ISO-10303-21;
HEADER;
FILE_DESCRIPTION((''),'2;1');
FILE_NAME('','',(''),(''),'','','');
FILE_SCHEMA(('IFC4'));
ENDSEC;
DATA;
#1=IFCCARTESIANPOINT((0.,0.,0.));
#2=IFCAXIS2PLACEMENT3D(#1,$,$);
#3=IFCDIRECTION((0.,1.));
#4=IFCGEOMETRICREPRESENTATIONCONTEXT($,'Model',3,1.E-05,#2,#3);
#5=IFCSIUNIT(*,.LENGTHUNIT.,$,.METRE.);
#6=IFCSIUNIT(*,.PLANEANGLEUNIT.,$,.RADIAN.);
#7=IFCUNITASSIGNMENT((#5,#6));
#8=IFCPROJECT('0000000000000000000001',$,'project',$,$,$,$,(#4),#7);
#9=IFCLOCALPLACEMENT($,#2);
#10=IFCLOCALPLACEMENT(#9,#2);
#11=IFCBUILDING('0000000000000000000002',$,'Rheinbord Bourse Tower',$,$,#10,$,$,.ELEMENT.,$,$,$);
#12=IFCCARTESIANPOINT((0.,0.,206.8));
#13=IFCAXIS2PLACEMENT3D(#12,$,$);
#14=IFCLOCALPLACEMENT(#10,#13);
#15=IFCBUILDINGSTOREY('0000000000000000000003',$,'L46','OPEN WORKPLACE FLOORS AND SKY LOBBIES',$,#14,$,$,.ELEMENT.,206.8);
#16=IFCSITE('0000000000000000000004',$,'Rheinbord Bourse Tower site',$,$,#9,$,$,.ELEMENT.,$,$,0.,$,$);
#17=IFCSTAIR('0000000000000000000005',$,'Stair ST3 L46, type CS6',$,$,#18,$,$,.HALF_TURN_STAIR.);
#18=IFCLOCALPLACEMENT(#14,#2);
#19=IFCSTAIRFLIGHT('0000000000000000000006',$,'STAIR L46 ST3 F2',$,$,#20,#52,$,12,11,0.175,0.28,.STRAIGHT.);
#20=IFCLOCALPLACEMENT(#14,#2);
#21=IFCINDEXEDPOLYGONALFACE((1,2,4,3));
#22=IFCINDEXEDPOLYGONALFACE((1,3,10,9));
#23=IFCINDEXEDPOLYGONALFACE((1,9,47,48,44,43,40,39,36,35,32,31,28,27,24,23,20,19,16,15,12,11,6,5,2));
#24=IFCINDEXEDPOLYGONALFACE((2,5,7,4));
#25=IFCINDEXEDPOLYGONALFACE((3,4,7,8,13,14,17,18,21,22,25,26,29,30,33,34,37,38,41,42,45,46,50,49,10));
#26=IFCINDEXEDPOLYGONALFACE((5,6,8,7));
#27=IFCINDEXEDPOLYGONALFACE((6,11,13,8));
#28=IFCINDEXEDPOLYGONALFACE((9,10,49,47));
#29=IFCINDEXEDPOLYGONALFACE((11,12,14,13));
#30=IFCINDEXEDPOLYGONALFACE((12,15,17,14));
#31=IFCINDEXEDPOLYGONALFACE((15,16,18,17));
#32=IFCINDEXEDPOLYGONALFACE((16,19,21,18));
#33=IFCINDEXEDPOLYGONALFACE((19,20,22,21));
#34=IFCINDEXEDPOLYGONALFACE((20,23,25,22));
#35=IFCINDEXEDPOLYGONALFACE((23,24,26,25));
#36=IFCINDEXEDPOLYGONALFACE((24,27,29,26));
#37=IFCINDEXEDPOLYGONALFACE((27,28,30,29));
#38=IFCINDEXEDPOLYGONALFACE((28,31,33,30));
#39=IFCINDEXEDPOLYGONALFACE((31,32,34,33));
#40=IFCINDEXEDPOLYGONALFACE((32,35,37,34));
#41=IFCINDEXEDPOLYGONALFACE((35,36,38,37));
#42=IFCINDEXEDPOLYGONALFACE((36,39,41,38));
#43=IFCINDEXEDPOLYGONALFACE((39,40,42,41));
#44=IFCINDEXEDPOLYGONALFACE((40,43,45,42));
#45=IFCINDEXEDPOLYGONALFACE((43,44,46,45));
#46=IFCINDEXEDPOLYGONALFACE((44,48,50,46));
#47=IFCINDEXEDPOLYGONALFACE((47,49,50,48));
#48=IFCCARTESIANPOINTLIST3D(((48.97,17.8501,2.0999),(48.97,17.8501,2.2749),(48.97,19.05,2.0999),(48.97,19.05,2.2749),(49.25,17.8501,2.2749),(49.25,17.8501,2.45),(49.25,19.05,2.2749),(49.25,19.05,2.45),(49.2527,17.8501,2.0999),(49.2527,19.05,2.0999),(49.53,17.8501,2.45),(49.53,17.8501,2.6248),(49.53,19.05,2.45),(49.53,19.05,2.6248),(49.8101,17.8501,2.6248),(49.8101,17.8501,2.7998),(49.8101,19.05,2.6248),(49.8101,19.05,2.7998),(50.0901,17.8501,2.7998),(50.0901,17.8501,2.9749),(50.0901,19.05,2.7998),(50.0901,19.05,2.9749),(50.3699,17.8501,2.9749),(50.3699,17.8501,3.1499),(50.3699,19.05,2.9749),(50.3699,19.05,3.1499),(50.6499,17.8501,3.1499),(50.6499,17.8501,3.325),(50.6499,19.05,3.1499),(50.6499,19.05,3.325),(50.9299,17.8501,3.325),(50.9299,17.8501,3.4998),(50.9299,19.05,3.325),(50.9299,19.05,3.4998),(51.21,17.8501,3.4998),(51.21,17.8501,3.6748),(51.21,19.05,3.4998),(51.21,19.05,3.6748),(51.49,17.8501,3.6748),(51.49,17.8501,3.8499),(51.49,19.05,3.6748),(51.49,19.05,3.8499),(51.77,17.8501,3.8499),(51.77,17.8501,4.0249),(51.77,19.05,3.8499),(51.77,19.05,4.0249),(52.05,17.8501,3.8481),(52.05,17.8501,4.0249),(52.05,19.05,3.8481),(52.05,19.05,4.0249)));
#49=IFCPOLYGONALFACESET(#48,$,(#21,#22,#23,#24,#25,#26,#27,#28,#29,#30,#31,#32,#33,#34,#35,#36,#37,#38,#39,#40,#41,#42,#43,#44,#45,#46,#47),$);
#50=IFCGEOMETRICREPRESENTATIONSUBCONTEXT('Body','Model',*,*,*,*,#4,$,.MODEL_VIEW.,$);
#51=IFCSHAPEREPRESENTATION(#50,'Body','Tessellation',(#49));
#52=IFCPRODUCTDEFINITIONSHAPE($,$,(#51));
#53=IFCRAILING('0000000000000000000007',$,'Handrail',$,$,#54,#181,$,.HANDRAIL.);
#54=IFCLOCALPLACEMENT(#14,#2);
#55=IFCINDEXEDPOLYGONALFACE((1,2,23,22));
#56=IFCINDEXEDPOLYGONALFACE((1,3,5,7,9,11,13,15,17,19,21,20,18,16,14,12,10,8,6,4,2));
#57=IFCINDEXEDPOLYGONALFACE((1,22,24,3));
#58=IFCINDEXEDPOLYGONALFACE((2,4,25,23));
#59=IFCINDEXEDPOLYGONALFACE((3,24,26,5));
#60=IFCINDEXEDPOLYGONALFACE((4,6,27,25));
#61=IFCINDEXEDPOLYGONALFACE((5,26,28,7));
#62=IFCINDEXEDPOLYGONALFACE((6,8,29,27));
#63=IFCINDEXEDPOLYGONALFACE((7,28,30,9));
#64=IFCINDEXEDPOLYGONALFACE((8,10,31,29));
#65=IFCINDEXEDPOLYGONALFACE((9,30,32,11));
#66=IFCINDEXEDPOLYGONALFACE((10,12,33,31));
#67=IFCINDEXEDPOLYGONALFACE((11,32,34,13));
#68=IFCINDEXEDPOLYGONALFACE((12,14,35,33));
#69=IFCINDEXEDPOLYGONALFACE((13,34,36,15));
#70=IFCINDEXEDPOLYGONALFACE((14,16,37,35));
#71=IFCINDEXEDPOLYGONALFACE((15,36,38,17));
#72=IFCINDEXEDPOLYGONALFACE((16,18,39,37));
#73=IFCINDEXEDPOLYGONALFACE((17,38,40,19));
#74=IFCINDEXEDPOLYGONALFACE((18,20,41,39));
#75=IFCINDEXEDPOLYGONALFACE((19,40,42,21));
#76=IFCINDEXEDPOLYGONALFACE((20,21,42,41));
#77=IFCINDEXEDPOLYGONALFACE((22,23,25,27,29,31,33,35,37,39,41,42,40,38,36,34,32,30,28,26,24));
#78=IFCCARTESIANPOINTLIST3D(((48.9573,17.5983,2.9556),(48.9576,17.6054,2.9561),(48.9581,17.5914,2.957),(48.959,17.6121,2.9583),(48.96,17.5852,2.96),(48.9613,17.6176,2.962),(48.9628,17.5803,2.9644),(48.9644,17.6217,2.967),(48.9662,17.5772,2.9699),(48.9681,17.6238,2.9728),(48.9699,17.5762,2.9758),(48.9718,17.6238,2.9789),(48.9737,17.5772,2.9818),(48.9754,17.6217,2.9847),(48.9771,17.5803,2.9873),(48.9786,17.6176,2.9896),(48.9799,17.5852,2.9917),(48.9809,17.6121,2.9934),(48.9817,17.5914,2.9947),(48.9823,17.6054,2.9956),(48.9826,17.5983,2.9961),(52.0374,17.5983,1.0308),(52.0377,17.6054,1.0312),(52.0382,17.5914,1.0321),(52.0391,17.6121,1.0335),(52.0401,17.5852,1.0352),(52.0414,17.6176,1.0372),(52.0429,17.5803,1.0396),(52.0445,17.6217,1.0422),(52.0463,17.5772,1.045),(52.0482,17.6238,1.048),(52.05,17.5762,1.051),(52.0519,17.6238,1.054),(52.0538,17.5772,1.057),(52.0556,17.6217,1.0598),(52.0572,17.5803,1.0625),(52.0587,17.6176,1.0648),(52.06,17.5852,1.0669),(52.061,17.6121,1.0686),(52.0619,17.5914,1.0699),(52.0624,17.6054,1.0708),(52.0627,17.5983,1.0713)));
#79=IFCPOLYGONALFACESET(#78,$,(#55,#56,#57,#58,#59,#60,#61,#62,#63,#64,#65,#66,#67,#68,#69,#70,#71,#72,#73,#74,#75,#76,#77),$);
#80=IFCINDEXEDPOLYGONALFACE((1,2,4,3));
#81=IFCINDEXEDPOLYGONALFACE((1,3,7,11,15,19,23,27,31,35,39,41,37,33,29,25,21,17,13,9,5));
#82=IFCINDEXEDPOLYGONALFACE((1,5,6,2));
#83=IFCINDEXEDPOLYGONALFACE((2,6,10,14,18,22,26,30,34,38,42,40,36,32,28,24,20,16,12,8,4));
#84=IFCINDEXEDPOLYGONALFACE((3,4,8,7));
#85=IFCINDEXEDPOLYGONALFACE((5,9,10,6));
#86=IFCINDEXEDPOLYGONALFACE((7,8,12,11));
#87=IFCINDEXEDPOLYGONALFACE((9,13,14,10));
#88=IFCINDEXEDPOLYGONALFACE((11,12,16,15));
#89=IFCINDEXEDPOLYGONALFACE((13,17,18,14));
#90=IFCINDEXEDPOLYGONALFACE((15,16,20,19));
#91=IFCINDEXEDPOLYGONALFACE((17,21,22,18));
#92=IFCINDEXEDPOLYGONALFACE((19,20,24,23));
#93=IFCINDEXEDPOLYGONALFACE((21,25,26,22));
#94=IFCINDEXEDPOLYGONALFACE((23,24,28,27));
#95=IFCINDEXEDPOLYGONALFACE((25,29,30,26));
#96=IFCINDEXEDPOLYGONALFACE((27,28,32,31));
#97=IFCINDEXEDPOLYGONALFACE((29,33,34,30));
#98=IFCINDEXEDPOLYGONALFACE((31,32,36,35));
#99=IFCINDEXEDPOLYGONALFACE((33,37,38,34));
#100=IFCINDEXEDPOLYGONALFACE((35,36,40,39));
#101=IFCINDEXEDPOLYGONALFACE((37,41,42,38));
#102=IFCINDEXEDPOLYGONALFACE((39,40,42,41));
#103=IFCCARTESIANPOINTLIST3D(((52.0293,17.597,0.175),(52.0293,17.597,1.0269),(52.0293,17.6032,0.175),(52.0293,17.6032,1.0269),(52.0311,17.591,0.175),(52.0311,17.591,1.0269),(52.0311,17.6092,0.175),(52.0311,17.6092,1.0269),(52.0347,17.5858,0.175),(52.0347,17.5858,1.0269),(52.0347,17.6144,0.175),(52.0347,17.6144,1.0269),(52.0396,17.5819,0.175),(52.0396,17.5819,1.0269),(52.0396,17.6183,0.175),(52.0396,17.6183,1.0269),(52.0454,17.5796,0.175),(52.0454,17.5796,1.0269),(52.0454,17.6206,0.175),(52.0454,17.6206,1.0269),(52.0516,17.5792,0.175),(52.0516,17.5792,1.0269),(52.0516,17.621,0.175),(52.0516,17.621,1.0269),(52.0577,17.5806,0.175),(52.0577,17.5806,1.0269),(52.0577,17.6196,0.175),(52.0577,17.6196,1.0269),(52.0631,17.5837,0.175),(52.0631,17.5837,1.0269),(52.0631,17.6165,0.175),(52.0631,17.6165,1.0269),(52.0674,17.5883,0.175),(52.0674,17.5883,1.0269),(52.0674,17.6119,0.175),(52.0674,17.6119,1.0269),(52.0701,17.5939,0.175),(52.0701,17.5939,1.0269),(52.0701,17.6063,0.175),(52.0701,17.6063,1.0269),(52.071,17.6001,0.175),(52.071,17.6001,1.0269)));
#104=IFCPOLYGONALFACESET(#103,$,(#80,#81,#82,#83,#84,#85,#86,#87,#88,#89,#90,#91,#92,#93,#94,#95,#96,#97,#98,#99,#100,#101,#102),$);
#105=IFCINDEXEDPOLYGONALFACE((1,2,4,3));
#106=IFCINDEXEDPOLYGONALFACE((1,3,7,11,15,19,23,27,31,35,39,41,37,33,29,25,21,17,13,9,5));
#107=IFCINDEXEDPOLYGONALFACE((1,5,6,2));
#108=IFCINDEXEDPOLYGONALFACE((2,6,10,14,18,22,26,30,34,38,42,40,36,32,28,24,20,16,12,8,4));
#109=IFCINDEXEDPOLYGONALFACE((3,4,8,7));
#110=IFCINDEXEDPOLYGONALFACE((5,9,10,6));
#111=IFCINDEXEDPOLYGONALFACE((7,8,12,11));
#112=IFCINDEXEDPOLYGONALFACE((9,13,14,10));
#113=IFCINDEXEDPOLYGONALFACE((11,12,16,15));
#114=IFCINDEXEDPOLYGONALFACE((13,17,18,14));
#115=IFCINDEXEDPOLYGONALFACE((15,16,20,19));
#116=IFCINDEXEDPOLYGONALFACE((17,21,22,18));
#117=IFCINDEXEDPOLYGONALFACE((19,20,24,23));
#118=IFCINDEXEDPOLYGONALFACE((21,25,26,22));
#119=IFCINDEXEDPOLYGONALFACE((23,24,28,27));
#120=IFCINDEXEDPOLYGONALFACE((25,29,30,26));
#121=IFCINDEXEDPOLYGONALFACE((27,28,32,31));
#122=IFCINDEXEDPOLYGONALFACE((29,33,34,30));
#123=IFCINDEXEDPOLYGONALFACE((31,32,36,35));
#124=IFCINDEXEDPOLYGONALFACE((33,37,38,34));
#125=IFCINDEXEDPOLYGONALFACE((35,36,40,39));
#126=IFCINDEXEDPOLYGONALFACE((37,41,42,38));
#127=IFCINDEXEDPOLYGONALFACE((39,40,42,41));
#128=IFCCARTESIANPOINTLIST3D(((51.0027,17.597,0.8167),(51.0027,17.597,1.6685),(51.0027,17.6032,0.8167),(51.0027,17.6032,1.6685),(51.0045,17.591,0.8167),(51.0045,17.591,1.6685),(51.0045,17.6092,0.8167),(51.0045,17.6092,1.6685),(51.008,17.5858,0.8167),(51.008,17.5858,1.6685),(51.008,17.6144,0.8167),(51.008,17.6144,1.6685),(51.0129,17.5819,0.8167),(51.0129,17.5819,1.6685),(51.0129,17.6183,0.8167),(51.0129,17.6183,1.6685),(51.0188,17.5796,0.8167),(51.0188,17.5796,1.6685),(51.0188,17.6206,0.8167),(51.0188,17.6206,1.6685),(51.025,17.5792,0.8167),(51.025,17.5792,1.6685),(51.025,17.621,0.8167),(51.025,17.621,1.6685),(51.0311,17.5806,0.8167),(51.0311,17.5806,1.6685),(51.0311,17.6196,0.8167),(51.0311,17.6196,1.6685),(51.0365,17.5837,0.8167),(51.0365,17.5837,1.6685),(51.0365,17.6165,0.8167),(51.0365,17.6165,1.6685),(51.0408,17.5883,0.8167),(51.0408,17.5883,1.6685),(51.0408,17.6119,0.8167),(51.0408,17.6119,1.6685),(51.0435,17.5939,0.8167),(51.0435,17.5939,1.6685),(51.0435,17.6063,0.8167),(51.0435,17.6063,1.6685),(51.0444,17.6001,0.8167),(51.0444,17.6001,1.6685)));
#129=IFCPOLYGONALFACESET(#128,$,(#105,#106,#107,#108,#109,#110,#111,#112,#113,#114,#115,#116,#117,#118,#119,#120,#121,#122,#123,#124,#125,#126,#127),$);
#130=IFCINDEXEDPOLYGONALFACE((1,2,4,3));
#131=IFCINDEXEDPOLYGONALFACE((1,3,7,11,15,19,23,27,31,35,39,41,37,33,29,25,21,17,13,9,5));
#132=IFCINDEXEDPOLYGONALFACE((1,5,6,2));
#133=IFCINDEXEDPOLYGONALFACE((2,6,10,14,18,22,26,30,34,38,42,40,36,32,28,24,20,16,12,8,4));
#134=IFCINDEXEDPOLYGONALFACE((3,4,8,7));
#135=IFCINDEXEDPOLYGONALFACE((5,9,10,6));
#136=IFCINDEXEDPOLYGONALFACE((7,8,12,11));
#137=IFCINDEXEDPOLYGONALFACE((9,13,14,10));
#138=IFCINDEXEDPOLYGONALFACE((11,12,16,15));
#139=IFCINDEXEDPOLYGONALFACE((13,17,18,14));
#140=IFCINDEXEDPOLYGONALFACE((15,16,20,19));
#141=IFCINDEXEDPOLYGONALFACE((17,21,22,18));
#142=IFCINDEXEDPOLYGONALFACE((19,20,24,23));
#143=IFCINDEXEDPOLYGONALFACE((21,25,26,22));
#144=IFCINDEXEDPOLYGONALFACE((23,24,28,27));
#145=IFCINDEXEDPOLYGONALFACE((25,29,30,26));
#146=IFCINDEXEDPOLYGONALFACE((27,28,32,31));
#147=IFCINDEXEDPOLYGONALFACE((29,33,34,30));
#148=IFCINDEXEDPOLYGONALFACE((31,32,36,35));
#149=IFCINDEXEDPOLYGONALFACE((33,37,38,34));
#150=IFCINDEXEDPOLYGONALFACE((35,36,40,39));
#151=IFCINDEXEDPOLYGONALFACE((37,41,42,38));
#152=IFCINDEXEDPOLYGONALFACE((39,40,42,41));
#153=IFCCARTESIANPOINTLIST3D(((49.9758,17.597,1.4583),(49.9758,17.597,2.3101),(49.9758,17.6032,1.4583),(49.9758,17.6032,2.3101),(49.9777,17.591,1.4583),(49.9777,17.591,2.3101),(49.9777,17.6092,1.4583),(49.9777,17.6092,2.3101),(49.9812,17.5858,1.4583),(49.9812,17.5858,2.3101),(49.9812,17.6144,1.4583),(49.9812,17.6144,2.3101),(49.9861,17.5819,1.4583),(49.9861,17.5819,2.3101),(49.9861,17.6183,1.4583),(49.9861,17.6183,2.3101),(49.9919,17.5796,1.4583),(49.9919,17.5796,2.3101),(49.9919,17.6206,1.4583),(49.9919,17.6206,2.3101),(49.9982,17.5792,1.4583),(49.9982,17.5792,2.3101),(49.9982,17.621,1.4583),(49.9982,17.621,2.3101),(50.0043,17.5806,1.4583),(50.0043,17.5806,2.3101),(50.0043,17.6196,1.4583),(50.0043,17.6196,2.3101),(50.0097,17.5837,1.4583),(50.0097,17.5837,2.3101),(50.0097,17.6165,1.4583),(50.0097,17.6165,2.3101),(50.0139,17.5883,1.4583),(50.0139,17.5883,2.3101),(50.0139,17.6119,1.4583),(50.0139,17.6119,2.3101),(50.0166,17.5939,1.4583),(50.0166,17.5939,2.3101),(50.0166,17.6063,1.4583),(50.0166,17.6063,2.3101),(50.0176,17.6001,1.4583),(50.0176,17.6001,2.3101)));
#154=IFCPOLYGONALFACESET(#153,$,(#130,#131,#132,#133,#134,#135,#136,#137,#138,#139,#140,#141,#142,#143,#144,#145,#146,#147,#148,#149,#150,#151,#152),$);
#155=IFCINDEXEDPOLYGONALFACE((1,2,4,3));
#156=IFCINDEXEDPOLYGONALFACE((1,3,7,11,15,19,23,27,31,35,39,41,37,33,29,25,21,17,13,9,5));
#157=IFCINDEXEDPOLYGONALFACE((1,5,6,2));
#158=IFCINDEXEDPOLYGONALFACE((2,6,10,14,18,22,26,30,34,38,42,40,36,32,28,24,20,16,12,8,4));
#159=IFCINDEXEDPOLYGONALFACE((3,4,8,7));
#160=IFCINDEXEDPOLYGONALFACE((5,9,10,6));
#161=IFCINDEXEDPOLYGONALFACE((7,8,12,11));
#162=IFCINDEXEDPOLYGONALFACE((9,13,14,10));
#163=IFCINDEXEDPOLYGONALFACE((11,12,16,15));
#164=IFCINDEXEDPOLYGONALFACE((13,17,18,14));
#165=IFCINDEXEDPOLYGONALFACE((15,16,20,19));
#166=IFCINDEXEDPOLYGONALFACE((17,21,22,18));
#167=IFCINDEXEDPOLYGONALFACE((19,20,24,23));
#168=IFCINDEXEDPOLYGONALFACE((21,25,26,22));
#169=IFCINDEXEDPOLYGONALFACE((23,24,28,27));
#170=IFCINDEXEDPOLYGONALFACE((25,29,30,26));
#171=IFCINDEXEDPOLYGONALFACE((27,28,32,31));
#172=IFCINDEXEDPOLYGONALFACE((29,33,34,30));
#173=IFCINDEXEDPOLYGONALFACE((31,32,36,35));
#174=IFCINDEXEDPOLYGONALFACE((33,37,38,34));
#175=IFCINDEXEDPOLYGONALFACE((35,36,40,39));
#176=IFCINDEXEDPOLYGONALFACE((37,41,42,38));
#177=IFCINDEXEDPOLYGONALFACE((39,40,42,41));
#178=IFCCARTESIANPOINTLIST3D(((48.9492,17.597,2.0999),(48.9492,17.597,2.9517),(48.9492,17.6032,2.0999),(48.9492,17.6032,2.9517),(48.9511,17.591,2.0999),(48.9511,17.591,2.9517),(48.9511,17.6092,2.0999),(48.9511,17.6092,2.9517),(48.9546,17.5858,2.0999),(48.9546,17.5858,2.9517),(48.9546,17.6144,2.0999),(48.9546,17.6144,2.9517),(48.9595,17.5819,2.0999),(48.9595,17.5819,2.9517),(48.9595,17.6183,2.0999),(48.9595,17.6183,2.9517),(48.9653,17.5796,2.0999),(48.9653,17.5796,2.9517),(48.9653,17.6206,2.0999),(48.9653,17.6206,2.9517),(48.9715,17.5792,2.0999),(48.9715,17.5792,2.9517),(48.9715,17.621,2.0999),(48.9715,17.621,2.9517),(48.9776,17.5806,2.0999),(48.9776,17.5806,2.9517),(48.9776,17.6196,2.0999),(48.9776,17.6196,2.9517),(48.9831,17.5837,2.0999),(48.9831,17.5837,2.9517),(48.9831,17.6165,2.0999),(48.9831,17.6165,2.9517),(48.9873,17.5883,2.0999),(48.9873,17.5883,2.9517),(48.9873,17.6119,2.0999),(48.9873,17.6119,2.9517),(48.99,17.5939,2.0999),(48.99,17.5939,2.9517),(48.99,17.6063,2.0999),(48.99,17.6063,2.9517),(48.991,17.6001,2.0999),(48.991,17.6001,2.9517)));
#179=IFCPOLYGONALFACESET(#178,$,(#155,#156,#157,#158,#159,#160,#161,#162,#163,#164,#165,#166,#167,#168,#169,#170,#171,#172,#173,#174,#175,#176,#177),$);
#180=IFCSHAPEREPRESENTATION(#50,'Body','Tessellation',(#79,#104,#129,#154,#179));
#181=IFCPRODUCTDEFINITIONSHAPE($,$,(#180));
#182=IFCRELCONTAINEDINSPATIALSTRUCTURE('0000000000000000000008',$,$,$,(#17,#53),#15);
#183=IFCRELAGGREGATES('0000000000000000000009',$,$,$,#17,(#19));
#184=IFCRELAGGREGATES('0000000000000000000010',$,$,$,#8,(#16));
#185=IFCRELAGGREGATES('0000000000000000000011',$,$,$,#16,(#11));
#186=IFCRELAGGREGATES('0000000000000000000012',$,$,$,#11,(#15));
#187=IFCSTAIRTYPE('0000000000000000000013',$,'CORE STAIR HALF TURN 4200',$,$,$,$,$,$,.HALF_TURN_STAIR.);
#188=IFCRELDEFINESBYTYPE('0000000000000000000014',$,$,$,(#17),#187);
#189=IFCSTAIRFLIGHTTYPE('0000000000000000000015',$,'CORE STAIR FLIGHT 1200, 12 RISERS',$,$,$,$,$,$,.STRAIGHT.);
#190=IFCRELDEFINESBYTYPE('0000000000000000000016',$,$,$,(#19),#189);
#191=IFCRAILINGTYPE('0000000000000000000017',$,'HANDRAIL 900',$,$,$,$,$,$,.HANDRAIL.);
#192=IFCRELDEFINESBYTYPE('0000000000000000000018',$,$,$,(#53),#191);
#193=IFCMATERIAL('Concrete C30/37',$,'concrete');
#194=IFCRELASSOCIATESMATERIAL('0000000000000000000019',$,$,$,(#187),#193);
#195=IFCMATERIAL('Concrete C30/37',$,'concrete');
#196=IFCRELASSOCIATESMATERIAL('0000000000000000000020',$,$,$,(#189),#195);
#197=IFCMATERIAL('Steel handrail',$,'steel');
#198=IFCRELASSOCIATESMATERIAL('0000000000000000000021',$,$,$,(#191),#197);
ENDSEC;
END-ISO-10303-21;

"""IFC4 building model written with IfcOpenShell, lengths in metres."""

from ifc_helpers import new_model, si_unit, direction, frame, origin, origin_2d, place, context, subcontext, project, spatial, polyline, circle, outline, extrude, material, type_object, element, aggregate, save


model = new_model("IFC4")

# Units and contexts
model_context = context("Model", 3, precision=1e-05, world=origin(), true_north=direction((0.0, 1.0)))
body_context = subcontext(model_context, "Body", "Model", "MODEL_VIEW")
ifc_project = project(units=[si_unit("LENGTHUNIT", "METRE"), si_unit("PLANEANGLEUNIT", "RADIAN")], contexts=[model_context])

# Site, building, storey
site_placement = place(None, origin())
site = spatial("IfcSite", under=ifc_project, at=site_placement, Name="Rheinbord Bourse Tower site", CompositionType="ELEMENT", RefElevation=0.0)
building_placement = place(site_placement, origin())
building = spatial("IfcBuilding", under=site, at=building_placement, Name="Rheinbord Bourse Tower", CompositionType="ELEMENT")
storey_placement = place(building_placement, frame((0.0, 0.0, 206.8)))
storey = spatial("IfcBuildingStorey", under=building, at=storey_placement, Name="L46", Description="OPEN WORKPLACE FLOORS AND SKY LOBBIES", CompositionType="ELEMENT", Elevation=206.8)

# Stair, stair flight
ifc_material_1 = material(Name="Concrete C30/37", Category="concrete")
stair_type = type_object("IfcStairType", Name="CORE STAIR HALF TURN 4200", PredefinedType="HALF_TURN_STAIR", material=ifc_material_1)
stair_placement = place(storey_placement, origin())
stair = element("IfcStair", 1, at=stair_placement, inside=storey, type_object=stair_type, Name="Stair ST3 L46, type CS6", PredefinedType="HALF_TURN_STAIR")
ifc_material_2 = material(Name="Concrete C30/37", Category="concrete")
stair_flight_type = type_object("IfcStairFlightType", Name="CORE STAIR FLIGHT 1200, 12 RISERS", PredefinedType="STRAIGHT", material=ifc_material_2)
stair_flight_1_placement = place(storey_placement, frame((48.97, 18.45, 2.0999), z_axis=(0.0, 0.0, 1.0), x_axis=(1.0, 0.0, 0.0)))
stair_flight_1 = element("IfcStairFlight", 2, at=stair_flight_1_placement, type_object=stair_flight_type, Name="STAIR L46 ST3 F2", NumberOfRisers=12, NumberOfTreads=11, PredefinedType="STRAIGHT", RiserHeight=0.175, TreadLength=0.28, context=body_context, shape_type="SweptSolid", body=[
    extrude(outline(polyline([(0.0, 0.0), (0.0, 0.175), (0.28, 0.175), (0.28, 0.3501), (0.5601, 0.3501), (0.5601, 0.5249), (0.8401, 0.5249), (0.8401, 0.7), (1.1201, 0.7), (1.1201, 0.875), (1.3999, 0.875), (1.3999, 1.05), (1.6799, 1.05), (1.6799, 1.2251), (1.96, 1.2251), (1.96, 1.3999), (2.24, 1.3999), (2.24, 1.575), (2.52, 1.575), (2.52, 1.75), (2.8, 1.75), (2.8, 1.925), (3.0801, 1.925), (3.0801, 2.1001), (3.0801, 1.7483), (0.2827, 0.0), (0.0, 0.0)])), frame((0.0, 0.6001, 0.0), z_axis=(0.0, -1.0, 0.0), x_axis=(1.0, 0.0, 0.0)), (0.0, 0.0, 1.0), 1.2),
])
aggregate(stair, [stair_flight_1])

# Railing
ifc_material_3 = material(Name="Steel handrail", Category="steel")
railing_type = type_object("IfcRailingType", Name="HANDRAIL 900", PredefinedType="HANDRAIL", material=ifc_material_3)
railing_1_placement = place(storey_placement, frame((52.05, 17.6001, 0.175)))
element("IfcRailing", 3, at=railing_1_placement, inside=storey, type_object=railing_type, Name="Handrail", PredefinedType="HANDRAIL", context=body_context, shape_type="SweptSolid", body=[
    extrude(circle(Radius=0.0239, at=origin_2d()), frame((0.0, 0.0, 0.876), z_axis=(-0.848029, 0.0, 0.529951), x_axis=(0.0, -1.0, 0.0)), (0.0, 0.0, 1.0), 3.6321),
    extrude(circle(Radius=0.021, at=origin_2d()), origin(), (0.0, 0.0, 1.0), 0.8518),
    extrude(circle(Radius=0.021, at=origin_2d()), frame((-1.0266, 0.0, 0.6416)), (0.0, 0.0, 1.0), 0.8518),
    extrude(circle(Radius=0.021, at=origin_2d()), frame((-2.0535, 0.0, 1.2832)), (0.0, 0.0, 1.0), 0.8518),
    extrude(circle(Radius=0.021, at=origin_2d()), frame((-3.0801, 0.0, 1.9248)), (0.0, 0.0, 1.0), 0.8518),
])

save(model, "model.ifc")
